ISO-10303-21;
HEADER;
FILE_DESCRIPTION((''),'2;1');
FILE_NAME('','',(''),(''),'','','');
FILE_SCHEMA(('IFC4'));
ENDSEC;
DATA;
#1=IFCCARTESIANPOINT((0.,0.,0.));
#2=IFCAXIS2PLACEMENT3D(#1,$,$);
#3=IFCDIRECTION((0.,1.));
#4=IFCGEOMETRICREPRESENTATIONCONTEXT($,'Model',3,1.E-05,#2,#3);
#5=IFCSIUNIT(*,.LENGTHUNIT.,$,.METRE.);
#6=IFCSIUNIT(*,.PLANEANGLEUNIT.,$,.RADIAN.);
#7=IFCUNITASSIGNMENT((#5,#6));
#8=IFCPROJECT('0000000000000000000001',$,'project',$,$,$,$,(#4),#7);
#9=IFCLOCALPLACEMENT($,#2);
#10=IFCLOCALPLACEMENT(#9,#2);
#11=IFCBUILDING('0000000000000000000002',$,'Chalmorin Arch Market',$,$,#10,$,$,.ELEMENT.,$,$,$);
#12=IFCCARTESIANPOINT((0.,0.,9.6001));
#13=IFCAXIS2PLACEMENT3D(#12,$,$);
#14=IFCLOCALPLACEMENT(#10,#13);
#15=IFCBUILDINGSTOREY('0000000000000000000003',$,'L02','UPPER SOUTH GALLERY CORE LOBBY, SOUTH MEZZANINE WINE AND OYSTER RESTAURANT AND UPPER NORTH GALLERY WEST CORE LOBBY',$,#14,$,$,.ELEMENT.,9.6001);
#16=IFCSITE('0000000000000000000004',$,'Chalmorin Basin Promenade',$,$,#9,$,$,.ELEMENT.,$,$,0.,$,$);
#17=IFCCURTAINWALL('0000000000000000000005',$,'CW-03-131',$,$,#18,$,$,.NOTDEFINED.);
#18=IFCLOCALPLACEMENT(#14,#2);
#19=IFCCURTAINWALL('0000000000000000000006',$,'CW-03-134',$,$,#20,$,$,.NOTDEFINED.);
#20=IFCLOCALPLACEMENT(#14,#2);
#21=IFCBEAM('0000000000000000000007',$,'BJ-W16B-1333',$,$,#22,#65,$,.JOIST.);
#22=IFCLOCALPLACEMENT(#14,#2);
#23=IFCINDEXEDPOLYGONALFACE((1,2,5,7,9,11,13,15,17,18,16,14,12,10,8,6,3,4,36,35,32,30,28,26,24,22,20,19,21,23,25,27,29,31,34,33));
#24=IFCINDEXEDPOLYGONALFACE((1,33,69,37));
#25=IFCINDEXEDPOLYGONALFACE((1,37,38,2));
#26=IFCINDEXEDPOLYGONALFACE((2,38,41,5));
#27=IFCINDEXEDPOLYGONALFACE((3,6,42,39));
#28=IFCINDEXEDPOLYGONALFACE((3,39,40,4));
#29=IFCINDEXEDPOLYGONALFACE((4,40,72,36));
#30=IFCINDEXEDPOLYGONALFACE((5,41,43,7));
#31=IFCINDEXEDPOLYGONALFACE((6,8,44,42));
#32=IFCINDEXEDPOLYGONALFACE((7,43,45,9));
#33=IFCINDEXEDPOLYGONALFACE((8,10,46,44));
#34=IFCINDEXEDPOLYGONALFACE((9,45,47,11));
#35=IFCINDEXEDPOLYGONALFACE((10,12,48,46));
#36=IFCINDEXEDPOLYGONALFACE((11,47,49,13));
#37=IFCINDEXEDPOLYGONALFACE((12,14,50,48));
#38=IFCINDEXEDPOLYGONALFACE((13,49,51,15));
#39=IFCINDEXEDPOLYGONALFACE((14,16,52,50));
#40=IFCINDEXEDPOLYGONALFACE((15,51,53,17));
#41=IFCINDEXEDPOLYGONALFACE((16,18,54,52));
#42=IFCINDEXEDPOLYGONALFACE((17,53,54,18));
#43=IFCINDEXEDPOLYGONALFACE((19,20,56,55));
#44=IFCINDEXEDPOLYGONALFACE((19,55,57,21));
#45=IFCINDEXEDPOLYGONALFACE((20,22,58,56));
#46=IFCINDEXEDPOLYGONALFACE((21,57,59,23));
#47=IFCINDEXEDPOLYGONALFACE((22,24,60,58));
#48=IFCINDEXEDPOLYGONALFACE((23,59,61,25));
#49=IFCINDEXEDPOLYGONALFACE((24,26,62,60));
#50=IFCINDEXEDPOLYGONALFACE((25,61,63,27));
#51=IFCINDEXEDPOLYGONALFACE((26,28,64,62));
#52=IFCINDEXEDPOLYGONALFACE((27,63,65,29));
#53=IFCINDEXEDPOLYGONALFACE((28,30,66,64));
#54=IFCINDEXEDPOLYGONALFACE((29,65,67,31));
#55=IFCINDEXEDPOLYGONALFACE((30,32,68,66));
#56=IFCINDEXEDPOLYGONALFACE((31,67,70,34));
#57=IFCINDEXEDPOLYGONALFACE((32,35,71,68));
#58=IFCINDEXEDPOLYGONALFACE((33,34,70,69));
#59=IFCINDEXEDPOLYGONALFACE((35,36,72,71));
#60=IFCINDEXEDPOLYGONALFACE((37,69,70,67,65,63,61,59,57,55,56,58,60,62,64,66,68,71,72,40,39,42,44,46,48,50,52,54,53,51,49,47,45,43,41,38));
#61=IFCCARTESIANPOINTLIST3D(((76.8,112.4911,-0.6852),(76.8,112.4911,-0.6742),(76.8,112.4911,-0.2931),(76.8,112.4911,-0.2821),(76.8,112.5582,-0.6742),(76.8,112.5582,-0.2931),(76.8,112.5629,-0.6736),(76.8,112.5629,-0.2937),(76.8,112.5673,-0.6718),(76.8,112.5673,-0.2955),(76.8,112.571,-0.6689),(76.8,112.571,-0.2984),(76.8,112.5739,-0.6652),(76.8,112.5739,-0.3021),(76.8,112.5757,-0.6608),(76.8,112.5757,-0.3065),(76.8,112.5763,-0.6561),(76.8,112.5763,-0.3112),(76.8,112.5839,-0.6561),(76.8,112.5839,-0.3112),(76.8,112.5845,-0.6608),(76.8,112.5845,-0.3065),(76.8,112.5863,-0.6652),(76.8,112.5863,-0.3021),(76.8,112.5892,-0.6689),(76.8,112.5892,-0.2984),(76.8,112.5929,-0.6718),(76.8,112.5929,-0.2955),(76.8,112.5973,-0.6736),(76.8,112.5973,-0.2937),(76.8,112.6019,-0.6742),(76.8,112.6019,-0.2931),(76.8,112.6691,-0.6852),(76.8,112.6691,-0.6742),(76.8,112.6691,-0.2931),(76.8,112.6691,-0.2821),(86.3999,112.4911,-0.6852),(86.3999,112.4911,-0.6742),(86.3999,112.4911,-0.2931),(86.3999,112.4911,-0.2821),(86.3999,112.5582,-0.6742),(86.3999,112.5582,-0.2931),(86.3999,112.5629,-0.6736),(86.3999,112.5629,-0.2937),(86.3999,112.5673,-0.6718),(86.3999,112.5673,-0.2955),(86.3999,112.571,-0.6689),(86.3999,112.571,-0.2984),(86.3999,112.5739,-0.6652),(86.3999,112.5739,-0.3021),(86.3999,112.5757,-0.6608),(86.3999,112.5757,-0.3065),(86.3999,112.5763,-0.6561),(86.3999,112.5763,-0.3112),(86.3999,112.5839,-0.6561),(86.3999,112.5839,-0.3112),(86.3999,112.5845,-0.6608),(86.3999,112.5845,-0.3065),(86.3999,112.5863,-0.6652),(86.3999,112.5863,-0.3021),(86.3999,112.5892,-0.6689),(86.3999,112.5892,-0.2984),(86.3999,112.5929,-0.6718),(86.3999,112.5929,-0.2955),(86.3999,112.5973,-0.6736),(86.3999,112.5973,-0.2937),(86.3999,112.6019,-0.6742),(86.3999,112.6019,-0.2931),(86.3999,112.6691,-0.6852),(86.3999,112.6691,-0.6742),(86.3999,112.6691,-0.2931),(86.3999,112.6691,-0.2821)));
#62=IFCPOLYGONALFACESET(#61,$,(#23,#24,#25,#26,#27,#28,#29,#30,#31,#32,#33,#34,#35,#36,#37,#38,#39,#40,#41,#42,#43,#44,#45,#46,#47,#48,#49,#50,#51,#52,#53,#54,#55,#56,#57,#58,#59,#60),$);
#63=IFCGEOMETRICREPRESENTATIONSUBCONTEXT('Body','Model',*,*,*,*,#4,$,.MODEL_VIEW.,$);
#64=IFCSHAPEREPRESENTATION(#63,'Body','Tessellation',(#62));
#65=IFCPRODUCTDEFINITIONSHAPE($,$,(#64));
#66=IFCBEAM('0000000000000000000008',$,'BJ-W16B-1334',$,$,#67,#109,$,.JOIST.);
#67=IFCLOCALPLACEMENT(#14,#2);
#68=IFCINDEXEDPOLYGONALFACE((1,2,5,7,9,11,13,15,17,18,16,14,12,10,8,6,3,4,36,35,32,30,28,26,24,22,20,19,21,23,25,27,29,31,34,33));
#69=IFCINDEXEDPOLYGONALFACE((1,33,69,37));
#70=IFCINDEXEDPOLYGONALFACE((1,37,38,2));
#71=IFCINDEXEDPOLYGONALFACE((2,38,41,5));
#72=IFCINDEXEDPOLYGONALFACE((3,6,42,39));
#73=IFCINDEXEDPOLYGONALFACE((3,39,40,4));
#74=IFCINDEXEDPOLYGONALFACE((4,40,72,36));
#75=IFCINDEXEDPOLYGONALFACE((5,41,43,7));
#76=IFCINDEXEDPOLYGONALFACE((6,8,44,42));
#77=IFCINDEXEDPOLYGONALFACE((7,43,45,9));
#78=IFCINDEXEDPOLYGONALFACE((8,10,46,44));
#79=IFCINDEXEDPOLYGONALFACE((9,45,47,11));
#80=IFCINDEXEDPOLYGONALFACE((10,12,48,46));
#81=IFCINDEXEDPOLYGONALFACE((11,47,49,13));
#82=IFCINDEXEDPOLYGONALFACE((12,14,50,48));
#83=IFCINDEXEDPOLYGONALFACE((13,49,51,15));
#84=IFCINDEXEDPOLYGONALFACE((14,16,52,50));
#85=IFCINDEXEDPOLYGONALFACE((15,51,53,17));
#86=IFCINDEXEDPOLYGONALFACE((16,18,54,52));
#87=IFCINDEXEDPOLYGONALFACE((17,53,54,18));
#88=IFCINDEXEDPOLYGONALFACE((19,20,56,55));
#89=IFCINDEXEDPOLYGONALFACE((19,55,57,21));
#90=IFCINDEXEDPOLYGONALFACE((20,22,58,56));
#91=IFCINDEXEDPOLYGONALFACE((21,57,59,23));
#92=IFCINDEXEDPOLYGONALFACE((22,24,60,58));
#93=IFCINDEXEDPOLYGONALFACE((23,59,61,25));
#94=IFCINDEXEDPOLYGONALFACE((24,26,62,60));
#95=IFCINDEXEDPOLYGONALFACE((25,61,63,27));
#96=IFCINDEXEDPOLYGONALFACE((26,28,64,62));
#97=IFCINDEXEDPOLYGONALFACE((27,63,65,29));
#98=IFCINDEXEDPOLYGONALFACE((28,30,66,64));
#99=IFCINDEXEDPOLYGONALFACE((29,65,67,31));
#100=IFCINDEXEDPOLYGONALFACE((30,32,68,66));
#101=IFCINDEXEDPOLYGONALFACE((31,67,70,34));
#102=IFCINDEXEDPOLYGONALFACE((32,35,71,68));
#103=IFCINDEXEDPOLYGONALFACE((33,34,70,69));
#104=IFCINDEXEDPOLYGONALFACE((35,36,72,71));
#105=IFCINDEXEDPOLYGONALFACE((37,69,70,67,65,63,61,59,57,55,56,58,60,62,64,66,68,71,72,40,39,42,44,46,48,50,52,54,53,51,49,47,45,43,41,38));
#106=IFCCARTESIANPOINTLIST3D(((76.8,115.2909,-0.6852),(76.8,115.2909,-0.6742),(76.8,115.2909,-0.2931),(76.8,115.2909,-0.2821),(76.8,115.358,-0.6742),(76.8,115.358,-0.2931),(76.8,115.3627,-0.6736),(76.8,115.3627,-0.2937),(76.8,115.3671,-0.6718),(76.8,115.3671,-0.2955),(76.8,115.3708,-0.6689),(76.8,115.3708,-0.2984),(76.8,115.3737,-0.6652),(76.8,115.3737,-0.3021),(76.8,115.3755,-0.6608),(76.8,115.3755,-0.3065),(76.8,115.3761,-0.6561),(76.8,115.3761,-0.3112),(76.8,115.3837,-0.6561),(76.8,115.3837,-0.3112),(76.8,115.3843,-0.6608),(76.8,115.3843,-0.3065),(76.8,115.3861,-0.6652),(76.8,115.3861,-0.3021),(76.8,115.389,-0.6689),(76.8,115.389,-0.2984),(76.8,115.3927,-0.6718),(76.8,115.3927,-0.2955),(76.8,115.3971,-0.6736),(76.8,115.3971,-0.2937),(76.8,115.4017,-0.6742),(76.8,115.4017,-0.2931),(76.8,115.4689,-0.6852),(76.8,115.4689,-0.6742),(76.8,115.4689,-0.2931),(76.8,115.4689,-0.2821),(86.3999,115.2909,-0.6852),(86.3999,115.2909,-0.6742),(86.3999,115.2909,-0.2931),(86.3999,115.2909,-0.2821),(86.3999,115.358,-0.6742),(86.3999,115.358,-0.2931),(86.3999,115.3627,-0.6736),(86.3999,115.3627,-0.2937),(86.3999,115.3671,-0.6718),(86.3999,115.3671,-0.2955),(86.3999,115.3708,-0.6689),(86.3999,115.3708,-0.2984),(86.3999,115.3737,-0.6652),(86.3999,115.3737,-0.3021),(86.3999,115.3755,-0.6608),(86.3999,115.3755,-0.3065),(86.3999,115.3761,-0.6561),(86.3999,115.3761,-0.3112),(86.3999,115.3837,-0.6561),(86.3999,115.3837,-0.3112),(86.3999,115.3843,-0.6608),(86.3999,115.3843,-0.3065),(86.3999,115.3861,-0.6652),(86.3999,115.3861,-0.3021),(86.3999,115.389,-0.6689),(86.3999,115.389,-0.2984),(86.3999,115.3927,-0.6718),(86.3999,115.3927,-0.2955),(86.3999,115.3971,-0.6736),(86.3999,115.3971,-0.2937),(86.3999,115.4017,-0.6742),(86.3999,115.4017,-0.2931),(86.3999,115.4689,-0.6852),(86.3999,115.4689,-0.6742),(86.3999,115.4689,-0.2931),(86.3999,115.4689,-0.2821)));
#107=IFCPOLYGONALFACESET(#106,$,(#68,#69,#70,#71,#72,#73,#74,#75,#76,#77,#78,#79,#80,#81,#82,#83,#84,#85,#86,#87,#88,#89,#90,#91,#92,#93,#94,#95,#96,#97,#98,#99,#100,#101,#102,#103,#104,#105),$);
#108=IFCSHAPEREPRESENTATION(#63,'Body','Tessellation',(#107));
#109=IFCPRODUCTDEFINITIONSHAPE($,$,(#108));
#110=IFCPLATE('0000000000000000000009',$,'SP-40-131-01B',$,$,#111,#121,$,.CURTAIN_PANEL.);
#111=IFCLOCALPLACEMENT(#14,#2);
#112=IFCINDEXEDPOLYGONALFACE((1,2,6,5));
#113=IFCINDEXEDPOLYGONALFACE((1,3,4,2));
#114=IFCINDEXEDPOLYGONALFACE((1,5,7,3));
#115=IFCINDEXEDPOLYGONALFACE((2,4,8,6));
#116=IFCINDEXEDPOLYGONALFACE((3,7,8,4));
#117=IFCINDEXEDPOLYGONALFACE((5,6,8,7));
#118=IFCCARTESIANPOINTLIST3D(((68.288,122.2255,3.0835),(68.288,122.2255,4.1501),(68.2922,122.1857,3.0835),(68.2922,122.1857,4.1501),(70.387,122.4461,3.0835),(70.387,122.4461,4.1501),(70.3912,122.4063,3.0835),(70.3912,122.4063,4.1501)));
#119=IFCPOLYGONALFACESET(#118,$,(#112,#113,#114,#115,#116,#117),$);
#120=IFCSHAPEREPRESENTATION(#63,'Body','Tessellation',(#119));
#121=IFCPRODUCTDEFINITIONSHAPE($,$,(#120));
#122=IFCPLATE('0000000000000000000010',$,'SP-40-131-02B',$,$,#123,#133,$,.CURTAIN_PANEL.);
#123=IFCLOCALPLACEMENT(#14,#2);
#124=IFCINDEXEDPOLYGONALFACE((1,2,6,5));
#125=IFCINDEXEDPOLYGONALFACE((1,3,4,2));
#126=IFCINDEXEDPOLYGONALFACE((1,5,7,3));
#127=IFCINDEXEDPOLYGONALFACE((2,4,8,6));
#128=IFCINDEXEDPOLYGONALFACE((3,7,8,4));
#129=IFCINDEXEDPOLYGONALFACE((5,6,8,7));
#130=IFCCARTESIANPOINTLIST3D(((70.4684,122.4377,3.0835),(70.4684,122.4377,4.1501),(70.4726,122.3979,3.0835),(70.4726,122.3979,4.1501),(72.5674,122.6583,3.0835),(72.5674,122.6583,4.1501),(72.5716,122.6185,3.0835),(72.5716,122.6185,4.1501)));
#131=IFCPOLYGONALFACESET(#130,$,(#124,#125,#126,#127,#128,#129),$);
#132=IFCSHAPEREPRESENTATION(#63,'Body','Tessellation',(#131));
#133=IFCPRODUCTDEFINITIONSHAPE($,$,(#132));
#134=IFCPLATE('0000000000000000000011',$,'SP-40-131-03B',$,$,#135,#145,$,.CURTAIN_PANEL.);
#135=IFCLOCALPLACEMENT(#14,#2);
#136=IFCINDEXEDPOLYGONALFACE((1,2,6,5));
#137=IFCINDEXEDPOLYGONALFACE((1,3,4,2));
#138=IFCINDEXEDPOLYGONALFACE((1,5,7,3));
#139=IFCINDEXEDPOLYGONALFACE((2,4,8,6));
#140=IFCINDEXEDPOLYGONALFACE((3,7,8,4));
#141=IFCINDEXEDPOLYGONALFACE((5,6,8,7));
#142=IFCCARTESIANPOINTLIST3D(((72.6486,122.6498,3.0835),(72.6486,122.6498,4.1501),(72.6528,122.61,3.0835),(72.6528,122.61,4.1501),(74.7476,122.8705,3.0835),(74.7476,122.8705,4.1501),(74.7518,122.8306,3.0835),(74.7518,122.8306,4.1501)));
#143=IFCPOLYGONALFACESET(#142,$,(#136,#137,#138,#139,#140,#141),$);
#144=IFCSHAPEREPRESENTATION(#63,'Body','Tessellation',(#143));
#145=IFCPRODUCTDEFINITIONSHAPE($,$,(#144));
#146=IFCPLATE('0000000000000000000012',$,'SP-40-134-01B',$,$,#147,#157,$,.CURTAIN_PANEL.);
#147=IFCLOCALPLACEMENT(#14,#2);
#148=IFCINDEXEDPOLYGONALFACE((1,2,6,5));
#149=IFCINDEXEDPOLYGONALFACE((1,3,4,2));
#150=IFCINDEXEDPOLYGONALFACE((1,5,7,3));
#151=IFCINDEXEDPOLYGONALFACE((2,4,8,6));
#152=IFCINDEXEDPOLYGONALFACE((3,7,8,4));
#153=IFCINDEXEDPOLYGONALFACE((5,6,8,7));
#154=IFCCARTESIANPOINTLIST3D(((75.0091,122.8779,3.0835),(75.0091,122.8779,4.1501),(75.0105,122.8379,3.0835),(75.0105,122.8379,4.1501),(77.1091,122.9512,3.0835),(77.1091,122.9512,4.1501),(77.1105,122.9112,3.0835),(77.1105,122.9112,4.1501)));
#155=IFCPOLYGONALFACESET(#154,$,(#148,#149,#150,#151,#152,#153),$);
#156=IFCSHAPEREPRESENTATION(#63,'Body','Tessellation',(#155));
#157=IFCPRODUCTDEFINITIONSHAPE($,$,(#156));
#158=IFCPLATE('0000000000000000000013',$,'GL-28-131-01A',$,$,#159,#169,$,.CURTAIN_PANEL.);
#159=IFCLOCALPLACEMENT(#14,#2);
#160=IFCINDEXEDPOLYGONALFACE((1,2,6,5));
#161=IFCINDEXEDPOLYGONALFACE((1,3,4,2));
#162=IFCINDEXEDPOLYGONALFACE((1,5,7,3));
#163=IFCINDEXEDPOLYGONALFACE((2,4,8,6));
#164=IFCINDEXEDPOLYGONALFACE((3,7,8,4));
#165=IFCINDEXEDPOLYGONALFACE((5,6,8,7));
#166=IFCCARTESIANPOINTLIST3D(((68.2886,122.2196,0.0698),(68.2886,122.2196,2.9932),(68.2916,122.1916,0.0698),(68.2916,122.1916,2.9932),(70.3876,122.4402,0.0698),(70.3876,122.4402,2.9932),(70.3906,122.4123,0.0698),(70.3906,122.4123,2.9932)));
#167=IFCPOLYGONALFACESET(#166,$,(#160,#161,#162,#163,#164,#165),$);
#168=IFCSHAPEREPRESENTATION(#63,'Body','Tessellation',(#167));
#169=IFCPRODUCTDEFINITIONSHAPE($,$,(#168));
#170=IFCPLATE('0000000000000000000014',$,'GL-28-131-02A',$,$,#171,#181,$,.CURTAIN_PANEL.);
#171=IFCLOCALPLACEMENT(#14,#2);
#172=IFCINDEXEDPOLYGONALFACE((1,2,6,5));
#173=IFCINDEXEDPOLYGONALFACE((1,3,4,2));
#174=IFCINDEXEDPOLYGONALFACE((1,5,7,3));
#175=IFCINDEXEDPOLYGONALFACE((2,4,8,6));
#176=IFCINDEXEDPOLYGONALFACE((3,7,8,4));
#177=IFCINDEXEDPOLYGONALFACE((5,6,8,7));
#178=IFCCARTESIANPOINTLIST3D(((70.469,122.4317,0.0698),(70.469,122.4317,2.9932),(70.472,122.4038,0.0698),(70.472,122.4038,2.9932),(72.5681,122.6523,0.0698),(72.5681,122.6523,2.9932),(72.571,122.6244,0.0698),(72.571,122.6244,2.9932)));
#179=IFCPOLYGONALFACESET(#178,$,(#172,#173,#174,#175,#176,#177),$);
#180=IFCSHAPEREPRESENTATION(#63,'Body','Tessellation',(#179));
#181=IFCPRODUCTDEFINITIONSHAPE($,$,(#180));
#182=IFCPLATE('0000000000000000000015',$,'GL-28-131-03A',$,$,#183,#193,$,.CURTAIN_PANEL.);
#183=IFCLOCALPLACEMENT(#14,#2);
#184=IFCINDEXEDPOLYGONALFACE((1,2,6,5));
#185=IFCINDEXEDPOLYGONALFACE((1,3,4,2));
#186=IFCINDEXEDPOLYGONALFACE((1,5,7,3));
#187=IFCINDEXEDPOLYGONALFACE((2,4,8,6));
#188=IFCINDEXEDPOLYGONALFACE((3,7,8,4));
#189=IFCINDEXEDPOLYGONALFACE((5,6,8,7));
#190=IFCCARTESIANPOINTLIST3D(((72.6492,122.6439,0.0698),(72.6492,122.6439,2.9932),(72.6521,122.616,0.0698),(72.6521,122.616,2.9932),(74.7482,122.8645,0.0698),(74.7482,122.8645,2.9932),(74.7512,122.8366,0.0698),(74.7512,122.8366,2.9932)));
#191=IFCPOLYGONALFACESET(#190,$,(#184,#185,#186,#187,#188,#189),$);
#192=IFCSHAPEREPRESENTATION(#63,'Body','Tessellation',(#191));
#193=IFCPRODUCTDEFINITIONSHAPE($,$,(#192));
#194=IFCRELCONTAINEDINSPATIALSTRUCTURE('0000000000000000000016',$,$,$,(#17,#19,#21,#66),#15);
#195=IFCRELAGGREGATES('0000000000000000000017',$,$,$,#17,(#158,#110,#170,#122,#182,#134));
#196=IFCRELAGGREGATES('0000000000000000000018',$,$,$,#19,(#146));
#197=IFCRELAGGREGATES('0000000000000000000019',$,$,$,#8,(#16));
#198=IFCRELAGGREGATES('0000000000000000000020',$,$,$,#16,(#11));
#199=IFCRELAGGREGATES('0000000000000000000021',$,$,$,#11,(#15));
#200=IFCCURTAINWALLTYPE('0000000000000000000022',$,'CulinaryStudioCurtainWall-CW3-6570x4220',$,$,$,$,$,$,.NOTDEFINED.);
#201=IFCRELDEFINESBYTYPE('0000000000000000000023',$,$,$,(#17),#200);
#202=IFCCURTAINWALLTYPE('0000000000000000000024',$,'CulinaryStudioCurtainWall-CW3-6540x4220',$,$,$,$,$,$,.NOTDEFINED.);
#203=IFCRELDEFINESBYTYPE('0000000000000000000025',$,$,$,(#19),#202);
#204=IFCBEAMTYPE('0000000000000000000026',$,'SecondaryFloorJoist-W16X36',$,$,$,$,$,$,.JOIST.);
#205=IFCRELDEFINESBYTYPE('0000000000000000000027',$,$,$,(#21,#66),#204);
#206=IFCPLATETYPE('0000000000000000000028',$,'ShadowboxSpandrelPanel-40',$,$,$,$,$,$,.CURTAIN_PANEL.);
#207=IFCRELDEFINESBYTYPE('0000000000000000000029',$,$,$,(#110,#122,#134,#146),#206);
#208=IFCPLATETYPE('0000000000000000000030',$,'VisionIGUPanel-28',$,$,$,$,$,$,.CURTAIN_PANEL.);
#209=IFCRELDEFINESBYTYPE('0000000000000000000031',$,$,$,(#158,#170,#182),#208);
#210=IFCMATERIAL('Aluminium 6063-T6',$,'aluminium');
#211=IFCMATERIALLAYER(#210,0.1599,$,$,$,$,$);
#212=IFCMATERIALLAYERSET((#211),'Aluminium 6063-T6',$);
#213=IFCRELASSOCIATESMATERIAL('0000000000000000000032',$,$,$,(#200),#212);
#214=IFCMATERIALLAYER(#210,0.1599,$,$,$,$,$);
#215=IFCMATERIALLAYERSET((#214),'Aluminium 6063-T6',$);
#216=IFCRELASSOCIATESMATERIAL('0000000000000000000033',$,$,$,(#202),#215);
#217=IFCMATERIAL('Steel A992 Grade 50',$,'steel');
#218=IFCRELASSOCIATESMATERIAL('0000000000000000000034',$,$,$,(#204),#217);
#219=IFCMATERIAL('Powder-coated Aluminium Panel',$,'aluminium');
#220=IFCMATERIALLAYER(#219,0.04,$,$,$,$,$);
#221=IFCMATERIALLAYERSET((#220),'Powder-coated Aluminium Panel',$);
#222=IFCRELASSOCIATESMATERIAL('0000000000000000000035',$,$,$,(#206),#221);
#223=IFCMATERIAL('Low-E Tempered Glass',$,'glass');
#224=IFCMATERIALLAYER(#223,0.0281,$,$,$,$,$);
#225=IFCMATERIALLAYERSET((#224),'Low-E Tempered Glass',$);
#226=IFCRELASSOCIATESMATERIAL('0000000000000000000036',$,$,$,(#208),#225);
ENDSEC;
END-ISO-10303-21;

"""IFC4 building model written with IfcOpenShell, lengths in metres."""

from ifc_helpers import new_model, si_unit, direction, frame, origin, origin_2d, place, context, subcontext, project, spatial, rectangle, i_section, extrude, material, layer, layer_set, material_profile, profile_set, type_object, element, aggregate, save


model = new_model("IFC4")

# Units and contexts
model_context = context("Model", 3, precision=1e-05, world=origin(), true_north=direction((0.0, 1.0)))
body_context = subcontext(model_context, "Body", "Model", "MODEL_VIEW")
ifc_project = project(units=[si_unit("LENGTHUNIT", "METRE"), si_unit("PLANEANGLEUNIT", "RADIAN")], contexts=[model_context])

# Site, building, storey
site_placement = place(None, origin())
site = spatial("IfcSite", under=ifc_project, at=site_placement, Name="Chalmorin Basin Promenade", CompositionType="ELEMENT", RefElevation=0.0)
building_placement = place(site_placement, origin())
building = spatial("IfcBuilding", under=site, at=building_placement, Name="Chalmorin Arch Market", CompositionType="ELEMENT")
storey_placement = place(building_placement, frame((0.0, 0.0, 9.6001)))
storey = spatial("IfcBuildingStorey", under=building, at=storey_placement, Name="L02", Description="UPPER SOUTH GALLERY CORE LOBBY, SOUTH MEZZANINE WINE AND OYSTER RESTAURANT AND UPPER NORTH GALLERY WEST CORE LOBBY", CompositionType="ELEMENT", Elevation=9.6001)

# Shared definitions
ifc_material_1 = material(Name="Aluminium 6063-T6", Category="aluminium")

# Curtain wall
ifc_layer_1 = layer(ifc_material_1, 0.1599)
ifc_layer_set_1 = layer_set([ifc_layer_1], Name="Aluminium 6063-T6")
curtain_wall_type_1 = type_object("IfcCurtainWallType", Name="CulinaryStudioCurtainWall-CW3-6570x4220", PredefinedType="NOTDEFINED", material=ifc_layer_set_1)
curtain_wall_1_placement = place(storey_placement, origin())
curtain_wall_1 = element("IfcCurtainWall", 1, at=curtain_wall_1_placement, inside=storey, type_object=curtain_wall_type_1, Name="CW-03-131", PredefinedType="NOTDEFINED")

# Curtain wall
ifc_layer_2 = layer(ifc_material_1, 0.1599)
ifc_layer_set_2 = layer_set([ifc_layer_2], Name="Aluminium 6063-T6")
curtain_wall_type_2 = type_object("IfcCurtainWallType", Name="CulinaryStudioCurtainWall-CW3-6540x4220", PredefinedType="NOTDEFINED", material=ifc_layer_set_2)
curtain_wall_2_placement = place(storey_placement, origin())
curtain_wall_2 = element("IfcCurtainWall", 2, at=curtain_wall_2_placement, inside=storey, type_object=curtain_wall_type_2, Name="CW-03-134", PredefinedType="NOTDEFINED")

# Beams
ifc_material_2 = material(Name="Steel A992 Grade 50", Category="steel")
ifc_material_profile_1 = material_profile(ifc_material_2, i_section(OverallWidth=0.178, OverallDepth=0.4031, WebThickness=0.0076, FlangeThickness=0.011, FilletRadius=0.0181, at=origin_2d()), Name="W16X36")
ifc_profile_set_1 = profile_set([ifc_material_profile_1], Name="Steel A992 Grade 50")
beam_type_1 = type_object("IfcBeamType", Name="SecondaryFloorJoist-W16X36", PredefinedType="JOIST", material=ifc_profile_set_1)
for number, where, z_axis, x_axis, name in (
    (3, (76.8, 112.5801, -0.4836), (1.0, 0.0, 0.0), (0.0, 1.0, 0.0), "BJ-W16B-1333"),
    (4, (76.8, 115.3799, -0.4836), (1.0, 0.0, 0.0), (0.0, 1.0, 0.0), "BJ-W16B-1334"),
):
    element("IfcBeam", number, at=place(storey_placement, frame(where, z_axis=z_axis, x_axis=x_axis)), inside=storey, type_object=beam_type_1, Name=name, PredefinedType="JOIST", context=body_context, shape_type="SweptSolid", body=[
        extrude(i_section(OverallWidth=0.178, OverallDepth=0.4031, WebThickness=0.0076, FlangeThickness=0.011, FilletRadius=0.0181, at=origin_2d()), origin(), (0.0, 0.0, 1.0), 9.5999),
    ])

# Plates
ifc_material_3 = material(Name="Powder-coated Aluminium Panel", Category="aluminium")
ifc_layer_3 = layer(ifc_material_3, 0.04)
ifc_layer_set_3 = layer_set([ifc_layer_3], Name="Powder-coated Aluminium Panel")
plate_type_1 = type_object("IfcPlateType", Name="ShadowboxSpandrelPanel-40", PredefinedType="CURTAIN_PANEL", material=ifc_layer_set_3)
plate_1_placement = place(storey_placement, frame((69.3396, 122.3159, 3.0835), z_axis=(0.0, 0.0, 1.0), x_axis=(0.994522, 0.104528, 0.0)))
plate_1 = element("IfcPlate", 5, at=plate_1_placement, type_object=plate_type_1, Name="SP-40-131-01B", PredefinedType="CURTAIN_PANEL", context=body_context, shape_type="SweptSolid", body=[
    extrude(rectangle(XDim=2.1106, YDim=0.04, at=origin_2d()), origin(), (0.0, 0.0, 1.0), 1.0667),
])
plate_2_placement = place(storey_placement, frame((71.52, 122.5281, 3.0835), z_axis=(0.0, 0.0, 1.0), x_axis=(0.994522, 0.104528, 0.0)))
plate_2 = element("IfcPlate", 6, at=plate_2_placement, type_object=plate_type_1, Name="SP-40-131-02B", PredefinedType="CURTAIN_PANEL", context=body_context, shape_type="SweptSolid", body=[
    extrude(rectangle(XDim=2.1106, YDim=0.04, at=origin_2d()), origin(), (0.0, 0.0, 1.0), 1.0667),
])
plate_3_placement = place(storey_placement, frame((73.7002, 122.7402, 3.0835), z_axis=(0.0, 0.0, 1.0), x_axis=(0.994522, 0.104528, 0.0)))
plate_3 = element("IfcPlate", 7, at=plate_3_placement, type_object=plate_type_1, Name="SP-40-131-03B", PredefinedType="CURTAIN_PANEL", context=body_context, shape_type="SweptSolid", body=[
    extrude(rectangle(XDim=2.1106, YDim=0.04, at=origin_2d()), origin(), (0.0, 0.0, 1.0), 1.0667),
])
plate_4_placement = place(storey_placement, frame((76.0598, 122.8945, 3.0835), z_axis=(0.0, 0.0, 1.0), x_axis=(0.999391, 0.034899, 0.0)))
plate_4 = element("IfcPlate", 8, at=plate_4_placement, type_object=plate_type_1, Name="SP-40-134-01B", PredefinedType="CURTAIN_PANEL", context=body_context, shape_type="SweptSolid", body=[
    extrude(rectangle(XDim=2.1013, YDim=0.04, at=origin_2d()), origin(), (0.0, 0.0, 1.0), 1.0667),
])
ifc_material_4 = material(Name="Low-E Tempered Glass", Category="glass")
ifc_layer_4 = layer(ifc_material_4, 0.0281)
ifc_layer_set_4 = layer_set([ifc_layer_4], Name="Low-E Tempered Glass")
plate_type_2 = type_object("IfcPlateType", Name="VisionIGUPanel-28", PredefinedType="CURTAIN_PANEL", material=ifc_layer_set_4)
plate_5_placement = place(storey_placement, frame((69.3396, 122.3159, 0.0698), z_axis=(0.0, 0.0, 1.0), x_axis=(0.994522, 0.104528, 0.0)))
plate_5 = element("IfcPlate", 9, at=plate_5_placement, type_object=plate_type_2, Name="GL-28-131-01A", PredefinedType="CURTAIN_PANEL", context=body_context, shape_type="SweptSolid", body=[
    extrude(rectangle(XDim=2.1106, YDim=0.0281, at=origin_2d()), origin(), (0.0, 0.0, 1.0), 2.9233),
])
plate_6_placement = place(storey_placement, frame((71.52, 122.5281, 0.0698), z_axis=(0.0, 0.0, 1.0), x_axis=(0.994522, 0.104528, 0.0)))
plate_6 = element("IfcPlate", 10, at=plate_6_placement, type_object=plate_type_2, Name="GL-28-131-02A", PredefinedType="CURTAIN_PANEL", context=body_context, shape_type="SweptSolid", body=[
    extrude(rectangle(XDim=2.1106, YDim=0.0281, at=origin_2d()), origin(), (0.0, 0.0, 1.0), 2.9233),
])
plate_7_placement = place(storey_placement, frame((73.7002, 122.7402, 0.0698), z_axis=(0.0, 0.0, 1.0), x_axis=(0.994522, 0.104528, 0.0)))
plate_7 = element("IfcPlate", 11, at=plate_7_placement, type_object=plate_type_2, Name="GL-28-131-03A", PredefinedType="CURTAIN_PANEL", context=body_context, shape_type="SweptSolid", body=[
    extrude(rectangle(XDim=2.1106, YDim=0.0281, at=origin_2d()), origin(), (0.0, 0.0, 1.0), 2.9233),
])
aggregate(curtain_wall_1, [plate_5, plate_1, plate_6, plate_2, plate_7, plate_3])
aggregate(curtain_wall_2, [plate_4])

save(model, "model.ifc")
